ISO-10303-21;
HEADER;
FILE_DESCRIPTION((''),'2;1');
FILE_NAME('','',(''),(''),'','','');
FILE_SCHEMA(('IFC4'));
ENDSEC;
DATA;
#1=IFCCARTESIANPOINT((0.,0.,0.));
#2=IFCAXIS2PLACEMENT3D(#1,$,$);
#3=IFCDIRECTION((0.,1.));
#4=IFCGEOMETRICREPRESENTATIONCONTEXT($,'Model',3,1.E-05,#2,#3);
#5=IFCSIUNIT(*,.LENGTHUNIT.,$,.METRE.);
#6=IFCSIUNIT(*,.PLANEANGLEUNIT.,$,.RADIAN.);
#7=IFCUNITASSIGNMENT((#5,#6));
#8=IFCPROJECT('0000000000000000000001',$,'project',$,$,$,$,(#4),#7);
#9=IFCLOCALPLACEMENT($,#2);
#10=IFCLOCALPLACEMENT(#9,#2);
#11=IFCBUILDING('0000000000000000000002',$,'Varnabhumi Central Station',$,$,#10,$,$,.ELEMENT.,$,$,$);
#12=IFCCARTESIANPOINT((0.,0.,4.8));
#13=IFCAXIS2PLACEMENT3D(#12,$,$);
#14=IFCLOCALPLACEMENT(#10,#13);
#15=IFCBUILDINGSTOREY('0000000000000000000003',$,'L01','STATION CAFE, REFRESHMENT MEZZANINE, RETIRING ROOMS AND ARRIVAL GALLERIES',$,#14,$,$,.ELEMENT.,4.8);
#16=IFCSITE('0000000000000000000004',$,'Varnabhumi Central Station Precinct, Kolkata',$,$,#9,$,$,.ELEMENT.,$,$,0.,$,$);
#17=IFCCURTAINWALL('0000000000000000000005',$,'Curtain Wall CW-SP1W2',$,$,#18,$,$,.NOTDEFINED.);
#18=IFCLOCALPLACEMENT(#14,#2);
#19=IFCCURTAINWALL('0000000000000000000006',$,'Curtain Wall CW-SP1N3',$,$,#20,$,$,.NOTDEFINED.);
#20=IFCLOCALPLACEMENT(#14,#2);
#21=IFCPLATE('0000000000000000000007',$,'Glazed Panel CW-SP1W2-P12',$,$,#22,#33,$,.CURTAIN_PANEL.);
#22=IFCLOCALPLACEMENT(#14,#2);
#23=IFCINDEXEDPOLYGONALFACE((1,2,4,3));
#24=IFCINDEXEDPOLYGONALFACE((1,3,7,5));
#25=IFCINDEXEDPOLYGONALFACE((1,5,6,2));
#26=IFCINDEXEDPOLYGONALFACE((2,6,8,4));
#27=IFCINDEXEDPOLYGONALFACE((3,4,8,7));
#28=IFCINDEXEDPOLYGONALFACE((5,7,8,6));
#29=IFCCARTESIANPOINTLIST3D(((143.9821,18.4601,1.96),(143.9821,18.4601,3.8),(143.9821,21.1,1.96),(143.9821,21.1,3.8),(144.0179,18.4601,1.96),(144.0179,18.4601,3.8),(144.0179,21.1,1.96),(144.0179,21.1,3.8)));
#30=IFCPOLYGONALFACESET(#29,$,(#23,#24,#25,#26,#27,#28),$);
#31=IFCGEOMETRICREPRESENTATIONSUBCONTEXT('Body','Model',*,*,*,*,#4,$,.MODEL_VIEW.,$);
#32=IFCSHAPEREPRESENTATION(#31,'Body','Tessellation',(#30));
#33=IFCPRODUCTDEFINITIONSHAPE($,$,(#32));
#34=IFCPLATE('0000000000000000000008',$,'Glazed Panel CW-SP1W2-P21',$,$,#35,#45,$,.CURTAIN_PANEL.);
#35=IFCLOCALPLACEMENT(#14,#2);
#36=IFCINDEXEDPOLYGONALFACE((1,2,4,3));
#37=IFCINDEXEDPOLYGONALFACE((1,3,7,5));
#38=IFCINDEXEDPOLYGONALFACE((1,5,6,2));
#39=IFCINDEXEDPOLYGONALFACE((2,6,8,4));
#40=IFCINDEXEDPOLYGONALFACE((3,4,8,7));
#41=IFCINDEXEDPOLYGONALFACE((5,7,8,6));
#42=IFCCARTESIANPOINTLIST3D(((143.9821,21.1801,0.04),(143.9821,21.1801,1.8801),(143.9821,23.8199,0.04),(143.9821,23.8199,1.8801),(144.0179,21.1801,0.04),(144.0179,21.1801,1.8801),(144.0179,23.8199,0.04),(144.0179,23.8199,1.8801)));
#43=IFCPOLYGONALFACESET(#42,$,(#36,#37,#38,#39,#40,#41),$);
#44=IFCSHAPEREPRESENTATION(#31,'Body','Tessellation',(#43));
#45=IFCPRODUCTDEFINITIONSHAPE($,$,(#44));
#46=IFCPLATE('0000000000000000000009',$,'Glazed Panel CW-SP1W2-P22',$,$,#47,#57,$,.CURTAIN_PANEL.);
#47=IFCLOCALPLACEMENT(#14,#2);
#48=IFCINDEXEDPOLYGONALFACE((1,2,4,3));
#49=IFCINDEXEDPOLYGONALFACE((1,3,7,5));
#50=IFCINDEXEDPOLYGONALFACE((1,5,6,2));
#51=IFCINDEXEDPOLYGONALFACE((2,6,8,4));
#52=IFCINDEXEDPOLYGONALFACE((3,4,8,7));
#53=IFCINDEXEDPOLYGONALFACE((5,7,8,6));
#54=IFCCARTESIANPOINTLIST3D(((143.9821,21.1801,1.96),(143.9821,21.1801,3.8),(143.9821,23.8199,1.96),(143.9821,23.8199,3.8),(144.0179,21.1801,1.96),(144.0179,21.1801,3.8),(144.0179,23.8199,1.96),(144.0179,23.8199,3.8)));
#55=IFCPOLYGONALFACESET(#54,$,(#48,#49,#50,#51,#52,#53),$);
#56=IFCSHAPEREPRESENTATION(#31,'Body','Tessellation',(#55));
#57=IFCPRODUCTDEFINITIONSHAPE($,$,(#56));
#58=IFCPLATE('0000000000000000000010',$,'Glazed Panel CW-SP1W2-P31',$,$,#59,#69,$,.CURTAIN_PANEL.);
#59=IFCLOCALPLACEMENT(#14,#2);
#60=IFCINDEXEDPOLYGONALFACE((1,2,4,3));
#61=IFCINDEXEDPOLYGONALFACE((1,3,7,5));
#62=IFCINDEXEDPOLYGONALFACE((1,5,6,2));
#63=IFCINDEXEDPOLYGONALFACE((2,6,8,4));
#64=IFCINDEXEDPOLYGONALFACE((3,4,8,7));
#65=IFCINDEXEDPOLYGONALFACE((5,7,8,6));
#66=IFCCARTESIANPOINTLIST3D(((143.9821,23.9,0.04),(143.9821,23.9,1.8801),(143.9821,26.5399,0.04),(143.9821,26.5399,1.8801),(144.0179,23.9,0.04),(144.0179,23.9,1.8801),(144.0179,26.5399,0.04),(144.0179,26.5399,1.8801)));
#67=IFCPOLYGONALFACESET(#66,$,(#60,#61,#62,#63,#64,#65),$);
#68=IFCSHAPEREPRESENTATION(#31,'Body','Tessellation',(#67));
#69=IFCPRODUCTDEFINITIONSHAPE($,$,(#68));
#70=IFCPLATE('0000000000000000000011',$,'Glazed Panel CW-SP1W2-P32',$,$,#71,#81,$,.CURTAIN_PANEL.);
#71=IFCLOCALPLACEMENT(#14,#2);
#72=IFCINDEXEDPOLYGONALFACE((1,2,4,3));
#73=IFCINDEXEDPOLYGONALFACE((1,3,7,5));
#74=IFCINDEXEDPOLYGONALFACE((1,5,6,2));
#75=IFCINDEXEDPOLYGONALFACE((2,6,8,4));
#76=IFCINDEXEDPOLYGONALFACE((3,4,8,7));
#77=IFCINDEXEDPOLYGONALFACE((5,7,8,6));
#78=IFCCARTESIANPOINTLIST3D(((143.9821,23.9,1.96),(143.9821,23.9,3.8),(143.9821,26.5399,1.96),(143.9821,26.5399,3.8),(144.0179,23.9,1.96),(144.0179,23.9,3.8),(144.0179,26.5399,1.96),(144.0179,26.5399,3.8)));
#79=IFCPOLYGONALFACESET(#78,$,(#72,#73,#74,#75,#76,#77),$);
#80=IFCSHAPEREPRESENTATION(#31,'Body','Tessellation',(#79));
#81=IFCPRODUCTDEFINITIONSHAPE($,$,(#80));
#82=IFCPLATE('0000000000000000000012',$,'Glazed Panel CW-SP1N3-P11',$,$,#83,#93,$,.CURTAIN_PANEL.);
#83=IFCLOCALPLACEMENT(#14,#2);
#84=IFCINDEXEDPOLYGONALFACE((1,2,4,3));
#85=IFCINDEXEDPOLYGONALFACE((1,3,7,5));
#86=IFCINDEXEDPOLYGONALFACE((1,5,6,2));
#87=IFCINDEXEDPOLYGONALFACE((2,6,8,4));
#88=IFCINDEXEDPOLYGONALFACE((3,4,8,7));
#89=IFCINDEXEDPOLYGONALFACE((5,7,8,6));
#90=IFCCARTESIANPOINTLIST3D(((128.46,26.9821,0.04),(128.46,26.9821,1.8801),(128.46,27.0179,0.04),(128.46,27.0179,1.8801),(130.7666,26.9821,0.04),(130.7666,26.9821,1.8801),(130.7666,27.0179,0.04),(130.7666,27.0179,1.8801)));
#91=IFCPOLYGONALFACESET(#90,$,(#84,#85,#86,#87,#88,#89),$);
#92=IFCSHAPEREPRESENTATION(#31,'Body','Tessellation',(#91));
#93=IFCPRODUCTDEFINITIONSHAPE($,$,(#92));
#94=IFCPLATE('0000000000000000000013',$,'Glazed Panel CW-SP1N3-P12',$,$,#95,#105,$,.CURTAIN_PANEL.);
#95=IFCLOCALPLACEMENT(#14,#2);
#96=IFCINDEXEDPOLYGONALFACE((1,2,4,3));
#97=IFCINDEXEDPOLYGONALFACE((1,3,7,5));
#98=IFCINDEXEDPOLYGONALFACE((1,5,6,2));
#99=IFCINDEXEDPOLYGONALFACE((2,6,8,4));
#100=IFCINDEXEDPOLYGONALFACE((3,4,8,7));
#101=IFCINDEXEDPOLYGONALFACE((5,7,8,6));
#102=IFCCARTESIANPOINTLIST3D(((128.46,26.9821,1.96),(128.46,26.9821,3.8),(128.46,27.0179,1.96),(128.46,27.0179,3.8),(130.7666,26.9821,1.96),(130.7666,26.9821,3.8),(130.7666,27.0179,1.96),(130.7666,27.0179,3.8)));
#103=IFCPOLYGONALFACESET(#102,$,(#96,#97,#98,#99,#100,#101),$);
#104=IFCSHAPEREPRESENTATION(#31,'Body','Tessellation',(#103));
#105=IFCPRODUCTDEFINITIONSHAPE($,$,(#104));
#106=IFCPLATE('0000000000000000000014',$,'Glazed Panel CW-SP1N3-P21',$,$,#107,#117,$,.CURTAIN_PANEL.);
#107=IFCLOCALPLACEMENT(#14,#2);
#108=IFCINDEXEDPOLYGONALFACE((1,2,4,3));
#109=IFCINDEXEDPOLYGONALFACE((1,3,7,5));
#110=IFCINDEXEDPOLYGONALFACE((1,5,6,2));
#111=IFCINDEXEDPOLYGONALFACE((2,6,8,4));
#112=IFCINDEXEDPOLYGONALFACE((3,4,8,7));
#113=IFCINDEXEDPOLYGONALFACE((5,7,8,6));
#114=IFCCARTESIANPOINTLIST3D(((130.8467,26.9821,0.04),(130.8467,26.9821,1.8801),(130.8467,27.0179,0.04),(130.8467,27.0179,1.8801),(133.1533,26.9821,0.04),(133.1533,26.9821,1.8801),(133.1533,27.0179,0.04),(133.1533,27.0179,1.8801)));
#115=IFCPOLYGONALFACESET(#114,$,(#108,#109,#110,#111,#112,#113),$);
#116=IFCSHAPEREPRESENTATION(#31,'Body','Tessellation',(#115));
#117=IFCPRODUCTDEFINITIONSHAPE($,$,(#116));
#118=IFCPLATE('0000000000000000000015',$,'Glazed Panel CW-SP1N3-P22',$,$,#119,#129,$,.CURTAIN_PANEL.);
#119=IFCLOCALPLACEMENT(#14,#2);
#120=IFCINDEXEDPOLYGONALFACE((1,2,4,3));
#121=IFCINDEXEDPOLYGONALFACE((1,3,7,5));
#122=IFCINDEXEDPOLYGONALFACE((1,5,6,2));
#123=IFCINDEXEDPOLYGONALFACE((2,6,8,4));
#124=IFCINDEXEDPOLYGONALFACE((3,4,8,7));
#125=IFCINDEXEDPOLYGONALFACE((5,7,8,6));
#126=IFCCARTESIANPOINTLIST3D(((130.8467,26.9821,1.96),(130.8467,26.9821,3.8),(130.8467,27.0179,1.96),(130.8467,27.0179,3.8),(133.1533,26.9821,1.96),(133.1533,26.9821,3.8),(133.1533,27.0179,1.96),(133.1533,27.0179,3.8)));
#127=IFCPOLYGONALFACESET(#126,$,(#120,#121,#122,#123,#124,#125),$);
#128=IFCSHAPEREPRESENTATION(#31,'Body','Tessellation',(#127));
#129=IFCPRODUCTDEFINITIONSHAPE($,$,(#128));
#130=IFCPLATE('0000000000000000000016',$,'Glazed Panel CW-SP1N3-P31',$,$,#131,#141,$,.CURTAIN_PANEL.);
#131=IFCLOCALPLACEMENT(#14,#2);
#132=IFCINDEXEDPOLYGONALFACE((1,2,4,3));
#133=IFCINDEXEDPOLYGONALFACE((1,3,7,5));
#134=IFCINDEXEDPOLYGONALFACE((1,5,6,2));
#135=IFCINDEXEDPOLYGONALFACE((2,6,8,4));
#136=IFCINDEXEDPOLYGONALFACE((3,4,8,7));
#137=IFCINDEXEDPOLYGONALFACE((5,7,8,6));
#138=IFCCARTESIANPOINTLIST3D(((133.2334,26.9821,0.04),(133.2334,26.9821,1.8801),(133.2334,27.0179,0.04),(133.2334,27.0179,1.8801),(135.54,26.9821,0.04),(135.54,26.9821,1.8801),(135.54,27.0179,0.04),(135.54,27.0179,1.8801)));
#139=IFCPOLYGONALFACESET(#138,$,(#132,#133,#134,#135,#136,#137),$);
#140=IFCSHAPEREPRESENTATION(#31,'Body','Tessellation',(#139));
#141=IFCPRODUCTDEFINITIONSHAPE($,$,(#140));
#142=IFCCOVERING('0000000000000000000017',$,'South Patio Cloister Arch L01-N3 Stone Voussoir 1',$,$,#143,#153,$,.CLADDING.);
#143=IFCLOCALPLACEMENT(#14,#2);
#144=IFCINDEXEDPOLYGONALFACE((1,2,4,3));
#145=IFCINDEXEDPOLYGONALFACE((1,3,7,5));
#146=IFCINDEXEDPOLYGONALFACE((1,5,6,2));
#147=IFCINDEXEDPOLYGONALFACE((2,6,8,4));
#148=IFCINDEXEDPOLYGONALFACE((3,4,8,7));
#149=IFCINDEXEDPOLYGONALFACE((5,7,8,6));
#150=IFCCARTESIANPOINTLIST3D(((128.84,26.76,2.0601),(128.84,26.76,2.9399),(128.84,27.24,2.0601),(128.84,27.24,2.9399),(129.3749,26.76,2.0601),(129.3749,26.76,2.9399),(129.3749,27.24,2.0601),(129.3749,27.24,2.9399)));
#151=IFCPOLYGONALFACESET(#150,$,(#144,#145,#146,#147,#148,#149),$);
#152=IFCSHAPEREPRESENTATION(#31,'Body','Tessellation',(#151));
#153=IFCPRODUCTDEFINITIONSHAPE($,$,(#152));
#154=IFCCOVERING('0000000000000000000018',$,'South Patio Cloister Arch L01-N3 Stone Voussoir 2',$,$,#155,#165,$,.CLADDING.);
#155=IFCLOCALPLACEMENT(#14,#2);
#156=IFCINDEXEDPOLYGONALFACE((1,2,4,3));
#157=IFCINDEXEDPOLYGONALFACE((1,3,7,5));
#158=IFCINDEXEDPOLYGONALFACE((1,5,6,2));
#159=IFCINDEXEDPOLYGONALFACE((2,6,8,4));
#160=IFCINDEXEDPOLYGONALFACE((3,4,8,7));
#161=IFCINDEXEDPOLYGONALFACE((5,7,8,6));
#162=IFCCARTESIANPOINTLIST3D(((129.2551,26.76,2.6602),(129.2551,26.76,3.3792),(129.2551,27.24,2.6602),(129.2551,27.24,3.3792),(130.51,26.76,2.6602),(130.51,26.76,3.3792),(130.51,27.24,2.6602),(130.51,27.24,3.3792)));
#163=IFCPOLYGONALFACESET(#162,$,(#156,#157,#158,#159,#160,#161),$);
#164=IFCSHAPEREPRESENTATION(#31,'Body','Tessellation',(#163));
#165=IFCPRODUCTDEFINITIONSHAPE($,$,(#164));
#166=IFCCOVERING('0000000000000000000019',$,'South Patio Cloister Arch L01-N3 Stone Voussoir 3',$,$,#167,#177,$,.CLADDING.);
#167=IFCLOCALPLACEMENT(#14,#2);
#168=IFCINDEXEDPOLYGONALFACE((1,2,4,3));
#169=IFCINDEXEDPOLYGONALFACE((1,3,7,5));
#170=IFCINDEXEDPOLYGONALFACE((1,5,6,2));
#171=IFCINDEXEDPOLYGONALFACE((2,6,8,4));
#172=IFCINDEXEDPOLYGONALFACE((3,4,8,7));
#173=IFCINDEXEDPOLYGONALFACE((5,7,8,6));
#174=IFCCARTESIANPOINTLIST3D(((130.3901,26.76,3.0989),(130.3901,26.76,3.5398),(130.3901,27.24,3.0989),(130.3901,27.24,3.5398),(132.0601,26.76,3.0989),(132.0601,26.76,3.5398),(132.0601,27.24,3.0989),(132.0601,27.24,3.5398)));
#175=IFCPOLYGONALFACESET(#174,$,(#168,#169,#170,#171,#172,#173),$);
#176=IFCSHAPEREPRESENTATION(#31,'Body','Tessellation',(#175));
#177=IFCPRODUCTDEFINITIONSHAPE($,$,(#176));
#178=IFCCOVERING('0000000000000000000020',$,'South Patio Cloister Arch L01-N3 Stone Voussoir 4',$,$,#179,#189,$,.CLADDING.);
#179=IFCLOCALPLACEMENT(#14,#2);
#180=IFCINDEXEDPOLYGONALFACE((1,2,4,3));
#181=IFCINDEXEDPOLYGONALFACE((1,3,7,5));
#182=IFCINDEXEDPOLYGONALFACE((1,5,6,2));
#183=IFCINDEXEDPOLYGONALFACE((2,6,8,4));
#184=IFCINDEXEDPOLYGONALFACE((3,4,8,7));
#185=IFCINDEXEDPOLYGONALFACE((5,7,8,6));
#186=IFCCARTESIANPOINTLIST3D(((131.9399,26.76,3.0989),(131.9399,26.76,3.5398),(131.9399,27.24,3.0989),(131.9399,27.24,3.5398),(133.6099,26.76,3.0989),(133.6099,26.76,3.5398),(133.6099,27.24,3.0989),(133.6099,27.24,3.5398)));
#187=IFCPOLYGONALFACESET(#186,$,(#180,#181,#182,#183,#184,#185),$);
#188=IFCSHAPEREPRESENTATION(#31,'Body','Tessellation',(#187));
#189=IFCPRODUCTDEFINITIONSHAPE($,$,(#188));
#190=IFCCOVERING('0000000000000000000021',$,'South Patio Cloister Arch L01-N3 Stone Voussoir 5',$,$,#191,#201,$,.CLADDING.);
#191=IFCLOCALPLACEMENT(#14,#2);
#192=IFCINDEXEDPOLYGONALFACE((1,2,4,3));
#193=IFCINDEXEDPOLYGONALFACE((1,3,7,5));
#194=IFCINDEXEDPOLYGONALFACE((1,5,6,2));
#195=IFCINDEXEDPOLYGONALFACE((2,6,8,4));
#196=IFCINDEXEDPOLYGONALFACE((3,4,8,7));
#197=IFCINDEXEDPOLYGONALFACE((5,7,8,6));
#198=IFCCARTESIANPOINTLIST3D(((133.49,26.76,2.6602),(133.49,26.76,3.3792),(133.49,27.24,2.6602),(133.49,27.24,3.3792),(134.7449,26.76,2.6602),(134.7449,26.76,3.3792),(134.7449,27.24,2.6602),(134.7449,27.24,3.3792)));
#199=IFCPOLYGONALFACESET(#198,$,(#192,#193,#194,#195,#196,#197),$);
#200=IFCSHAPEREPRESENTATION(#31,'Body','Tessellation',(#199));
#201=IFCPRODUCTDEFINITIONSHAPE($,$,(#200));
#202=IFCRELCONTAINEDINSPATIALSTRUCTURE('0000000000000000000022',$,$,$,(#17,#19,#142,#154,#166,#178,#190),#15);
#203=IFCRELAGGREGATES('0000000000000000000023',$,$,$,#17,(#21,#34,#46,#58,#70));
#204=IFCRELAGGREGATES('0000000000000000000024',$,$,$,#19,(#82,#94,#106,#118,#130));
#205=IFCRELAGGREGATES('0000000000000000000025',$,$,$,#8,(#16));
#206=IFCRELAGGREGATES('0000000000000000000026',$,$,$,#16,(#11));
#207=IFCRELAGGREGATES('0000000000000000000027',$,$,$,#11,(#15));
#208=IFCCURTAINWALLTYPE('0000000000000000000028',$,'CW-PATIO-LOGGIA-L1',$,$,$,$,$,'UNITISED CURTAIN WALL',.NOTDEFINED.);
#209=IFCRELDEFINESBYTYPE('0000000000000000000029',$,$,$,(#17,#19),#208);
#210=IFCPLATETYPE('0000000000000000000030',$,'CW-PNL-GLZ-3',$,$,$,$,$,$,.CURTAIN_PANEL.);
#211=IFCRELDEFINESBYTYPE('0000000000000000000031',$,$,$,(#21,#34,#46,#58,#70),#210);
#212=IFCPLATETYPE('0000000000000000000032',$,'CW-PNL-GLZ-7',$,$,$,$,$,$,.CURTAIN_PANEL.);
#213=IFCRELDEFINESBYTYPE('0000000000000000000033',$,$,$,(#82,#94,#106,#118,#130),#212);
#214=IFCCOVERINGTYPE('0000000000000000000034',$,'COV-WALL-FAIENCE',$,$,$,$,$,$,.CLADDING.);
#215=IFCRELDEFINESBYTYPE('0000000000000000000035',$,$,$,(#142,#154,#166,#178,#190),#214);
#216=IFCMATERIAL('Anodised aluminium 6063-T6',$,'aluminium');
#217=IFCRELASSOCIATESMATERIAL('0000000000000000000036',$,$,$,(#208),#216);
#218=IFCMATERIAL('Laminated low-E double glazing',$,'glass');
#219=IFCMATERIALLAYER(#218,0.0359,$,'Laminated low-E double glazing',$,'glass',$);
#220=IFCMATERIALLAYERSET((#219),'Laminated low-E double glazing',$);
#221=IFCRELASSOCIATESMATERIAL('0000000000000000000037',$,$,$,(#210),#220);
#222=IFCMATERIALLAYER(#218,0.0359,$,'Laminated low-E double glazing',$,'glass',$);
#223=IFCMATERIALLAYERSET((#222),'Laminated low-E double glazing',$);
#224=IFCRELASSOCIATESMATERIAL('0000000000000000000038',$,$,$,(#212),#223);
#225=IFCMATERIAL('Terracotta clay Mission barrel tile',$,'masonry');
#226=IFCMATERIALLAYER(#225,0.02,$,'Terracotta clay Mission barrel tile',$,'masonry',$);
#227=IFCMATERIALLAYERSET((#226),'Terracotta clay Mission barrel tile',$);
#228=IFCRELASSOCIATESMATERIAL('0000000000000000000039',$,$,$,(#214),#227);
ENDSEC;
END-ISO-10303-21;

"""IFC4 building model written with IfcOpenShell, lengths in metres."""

from ifc_helpers import new_model, si_unit, direction, frame, origin, origin_2d, place, context, subcontext, project, spatial, rectangle, extrude, material, layer, layer_set, type_object, element, aggregate, save


model = new_model("IFC4")

# Units and contexts
model_context = context("Model", 3, precision=1e-05, world=origin(), true_north=direction((0.0, 1.0)))
body_context = subcontext(model_context, "Body", "Model", "MODEL_VIEW")
ifc_project = project(units=[si_unit("LENGTHUNIT", "METRE"), si_unit("PLANEANGLEUNIT", "RADIAN")], contexts=[model_context])

# Site, building, storey
site_placement = place(None, origin())
site = spatial("IfcSite", under=ifc_project, at=site_placement, Name="Varnabhumi Central Station Precinct, Kolkata", CompositionType="ELEMENT", RefElevation=0.0)
building_placement = place(site_placement, origin())
building = spatial("IfcBuilding", under=site, at=building_placement, Name="Varnabhumi Central Station", CompositionType="ELEMENT")
storey_placement = place(building_placement, frame((0.0, 0.0, 4.8)))
storey = spatial("IfcBuildingStorey", under=building, at=storey_placement, Name="L01", Description="STATION CAFE, REFRESHMENT MEZZANINE, RETIRING ROOMS AND ARRIVAL GALLERIES", CompositionType="ELEMENT", Elevation=4.8)

# Curtain walls
ifc_material_1 = material(Name="Anodised aluminium 6063-T6", Category="aluminium")
curtain_wall_type = type_object("IfcCurtainWallType", Name="CW-PATIO-LOGGIA-L1", ElementType="UNITISED CURTAIN WALL", PredefinedType="NOTDEFINED", material=ifc_material_1)
curtain_wall_1_placement = place(storey_placement, origin())
curtain_wall_1 = element("IfcCurtainWall", 1, at=curtain_wall_1_placement, inside=storey, type_object=curtain_wall_type, Name="Curtain Wall CW-SP1W2", PredefinedType="NOTDEFINED")
curtain_wall_2_placement = place(storey_placement, origin())
curtain_wall_2 = element("IfcCurtainWall", 2, at=curtain_wall_2_placement, inside=storey, type_object=curtain_wall_type, Name="Curtain Wall CW-SP1N3", PredefinedType="NOTDEFINED")

# Plates
ifc_material_2 = material(Name="Laminated low-E double glazing", Category="glass")
ifc_layer_1 = layer(ifc_material_2, 0.0359, Name="Laminated low-E double glazing", Category="glass")
ifc_layer_set_1 = layer_set([ifc_layer_1], Name="Laminated low-E double glazing")
plate_type_1 = type_object("IfcPlateType", Name="CW-PNL-GLZ-3", PredefinedType="CURTAIN_PANEL", material=ifc_layer_set_1)
plate_1_placement = place(storey_placement, frame((144.0, 19.78, 1.96), z_axis=(0.0, 0.0, 1.0), x_axis=(0.0, 1.0, 0.0)))
plate_1 = element("IfcPlate", 3, at=plate_1_placement, type_object=plate_type_1, Name="Glazed Panel CW-SP1W2-P12", PredefinedType="CURTAIN_PANEL", context=body_context, shape_type="SweptSolid", body=[
    extrude(rectangle(XDim=2.6399, YDim=0.0359, at=origin_2d()), origin(), (0.0, 0.0, 1.0), 1.8401),
])
plate_2_placement = place(storey_placement, frame((144.0, 22.5, 0.04), z_axis=(0.0, 0.0, 1.0), x_axis=(0.0, 1.0, 0.0)))
plate_2 = element("IfcPlate", 4, at=plate_2_placement, type_object=plate_type_1, Name="Glazed Panel CW-SP1W2-P21", PredefinedType="CURTAIN_PANEL", context=body_context, shape_type="SweptSolid", body=[
    extrude(rectangle(XDim=2.6399, YDim=0.0359, at=origin_2d()), origin(), (0.0, 0.0, 1.0), 1.8401),
])
plate_3_placement = place(storey_placement, frame((144.0, 22.5, 1.96), z_axis=(0.0, 0.0, 1.0), x_axis=(0.0, 1.0, 0.0)))
plate_3 = element("IfcPlate", 5, at=plate_3_placement, type_object=plate_type_1, Name="Glazed Panel CW-SP1W2-P22", PredefinedType="CURTAIN_PANEL", context=body_context, shape_type="SweptSolid", body=[
    extrude(rectangle(XDim=2.6399, YDim=0.0359, at=origin_2d()), origin(), (0.0, 0.0, 1.0), 1.8401),
])
plate_4_placement = place(storey_placement, frame((144.0, 25.22, 0.04), z_axis=(0.0, 0.0, 1.0), x_axis=(0.0, 1.0, 0.0)))
plate_4 = element("IfcPlate", 6, at=plate_4_placement, type_object=plate_type_1, Name="Glazed Panel CW-SP1W2-P31", PredefinedType="CURTAIN_PANEL", context=body_context, shape_type="SweptSolid", body=[
    extrude(rectangle(XDim=2.6399, YDim=0.0359, at=origin_2d()), origin(), (0.0, 0.0, 1.0), 1.8401),
])
plate_5_placement = place(storey_placement, frame((144.0, 25.22, 1.96), z_axis=(0.0, 0.0, 1.0), x_axis=(0.0, 1.0, 0.0)))
plate_5 = element("IfcPlate", 7, at=plate_5_placement, type_object=plate_type_1, Name="Glazed Panel CW-SP1W2-P32", PredefinedType="CURTAIN_PANEL", context=body_context, shape_type="SweptSolid", body=[
    extrude(rectangle(XDim=2.6399, YDim=0.0359, at=origin_2d()), origin(), (0.0, 0.0, 1.0), 1.8401),
])
aggregate(curtain_wall_1, [plate_1, plate_2, plate_3, plate_4, plate_5])
ifc_layer_2 = layer(ifc_material_2, 0.0359, Name="Laminated low-E double glazing", Category="glass")
ifc_layer_set_2 = layer_set([ifc_layer_2], Name="Laminated low-E double glazing")
plate_type_2 = type_object("IfcPlateType", Name="CW-PNL-GLZ-7", PredefinedType="CURTAIN_PANEL", material=ifc_layer_set_2)
plate_6_placement = place(storey_placement, frame((129.6133, 27.0, 0.04), z_axis=(0.0, 0.0, 1.0), x_axis=(1.0, 0.0, 0.0)))
plate_6 = element("IfcPlate", 8, at=plate_6_placement, type_object=plate_type_2, Name="Glazed Panel CW-SP1N3-P11", PredefinedType="CURTAIN_PANEL", context=body_context, shape_type="SweptSolid", body=[
    extrude(rectangle(XDim=2.3066, YDim=0.0359, at=origin_2d()), origin(), (0.0, 0.0, 1.0), 1.8401),
])
plate_7_placement = place(storey_placement, frame((129.6133, 27.0, 1.96), z_axis=(0.0, 0.0, 1.0), x_axis=(1.0, 0.0, 0.0)))
plate_7 = element("IfcPlate", 9, at=plate_7_placement, type_object=plate_type_2, Name="Glazed Panel CW-SP1N3-P12", PredefinedType="CURTAIN_PANEL", context=body_context, shape_type="SweptSolid", body=[
    extrude(rectangle(XDim=2.3066, YDim=0.0359, at=origin_2d()), origin(), (0.0, 0.0, 1.0), 1.8401),
])
plate_8_placement = place(storey_placement, frame((132.0, 27.0, 0.04), z_axis=(0.0, 0.0, 1.0), x_axis=(1.0, 0.0, 0.0)))
plate_8 = element("IfcPlate", 10, at=plate_8_placement, type_object=plate_type_2, Name="Glazed Panel CW-SP1N3-P21", PredefinedType="CURTAIN_PANEL", context=body_context, shape_type="SweptSolid", body=[
    extrude(rectangle(XDim=2.3066, YDim=0.0359, at=origin_2d()), origin(), (0.0, 0.0, 1.0), 1.8401),
])
plate_9_placement = place(storey_placement, frame((132.0, 27.0, 1.96), z_axis=(0.0, 0.0, 1.0), x_axis=(1.0, 0.0, 0.0)))
plate_9 = element("IfcPlate", 11, at=plate_9_placement, type_object=plate_type_2, Name="Glazed Panel CW-SP1N3-P22", PredefinedType="CURTAIN_PANEL", context=body_context, shape_type="SweptSolid", body=[
    extrude(rectangle(XDim=2.3066, YDim=0.0359, at=origin_2d()), origin(), (0.0, 0.0, 1.0), 1.8401),
])
plate_10_placement = place(storey_placement, frame((134.3867, 27.0, 0.04), z_axis=(0.0, 0.0, 1.0), x_axis=(1.0, 0.0, 0.0)))
plate_10 = element("IfcPlate", 12, at=plate_10_placement, type_object=plate_type_2, Name="Glazed Panel CW-SP1N3-P31", PredefinedType="CURTAIN_PANEL", context=body_context, shape_type="SweptSolid", body=[
    extrude(rectangle(XDim=2.3066, YDim=0.0359, at=origin_2d()), origin(), (0.0, 0.0, 1.0), 1.8401),
])
aggregate(curtain_wall_2, [plate_6, plate_7, plate_8, plate_9, plate_10])

# Coverings
ifc_material_3 = material(Name="Terracotta clay Mission barrel tile", Category="masonry")
ifc_layer_3 = layer(ifc_material_3, 0.02, Name="Terracotta clay Mission barrel tile", Category="masonry")
ifc_layer_set_3 = layer_set([ifc_layer_3], Name="Terracotta clay Mission barrel tile")
covering_type = type_object("IfcCoveringType", Name="COV-WALL-FAIENCE", PredefinedType="CLADDING", material=ifc_layer_set_3)
covering_1_placement = place(storey_placement, frame((129.1074, 27.0, 2.0601), z_axis=(0.0, 0.0, 1.0), x_axis=(1.0, 0.0, 0.0)))
element("IfcCovering", 13, at=covering_1_placement, inside=storey, type_object=covering_type, Name="South Patio Cloister Arch L01-N3 Stone Voussoir 1", PredefinedType="CLADDING", context=body_context, shape_type="SweptSolid", body=[
    extrude(rectangle(XDim=0.5349, YDim=0.48, at=origin_2d()), origin(), (0.0, 0.0, 1.0), 0.8799),
])
covering_2_placement = place(storey_placement, frame((129.8826, 27.0, 2.6602), z_axis=(0.0, 0.0, 1.0), x_axis=(1.0, 0.0, 0.0)))
element("IfcCovering", 14, at=covering_2_placement, inside=storey, type_object=covering_type, Name="South Patio Cloister Arch L01-N3 Stone Voussoir 2", PredefinedType="CLADDING", context=body_context, shape_type="SweptSolid", body=[
    extrude(rectangle(XDim=1.2549, YDim=0.48, at=origin_2d()), origin(), (0.0, 0.0, 1.0), 0.719),
])
for number, where, z_axis, x_axis, name in (
    (15, (131.2251, 27.0, 3.0989), (0.0, 0.0, 1.0), (1.0, 0.0, 0.0), "South Patio Cloister Arch L01-N3 Stone Voussoir 3"),
    (16, (132.7749, 27.0, 3.0989), (0.0, 0.0, 1.0), (1.0, 0.0, 0.0), "South Patio Cloister Arch L01-N3 Stone Voussoir 4"),
):
    element("IfcCovering", number, at=place(storey_placement, frame(where, z_axis=z_axis, x_axis=x_axis)), inside=storey, type_object=covering_type, Name=name, PredefinedType="CLADDING", context=body_context, shape_type="SweptSolid", body=[
        extrude(rectangle(XDim=1.6699, YDim=0.48, at=origin_2d()), origin(), (0.0, 0.0, 1.0), 0.4409),
    ])
covering_3_placement = place(storey_placement, frame((134.1174, 27.0, 2.6602), z_axis=(0.0, 0.0, 1.0), x_axis=(1.0, 0.0, 0.0)))
element("IfcCovering", 17, at=covering_3_placement, inside=storey, type_object=covering_type, Name="South Patio Cloister Arch L01-N3 Stone Voussoir 5", PredefinedType="CLADDING", context=body_context, shape_type="SweptSolid", body=[
    extrude(rectangle(XDim=1.2549, YDim=0.48, at=origin_2d()), origin(), (0.0, 0.0, 1.0), 0.719),
])

save(model, "model.ifc")
